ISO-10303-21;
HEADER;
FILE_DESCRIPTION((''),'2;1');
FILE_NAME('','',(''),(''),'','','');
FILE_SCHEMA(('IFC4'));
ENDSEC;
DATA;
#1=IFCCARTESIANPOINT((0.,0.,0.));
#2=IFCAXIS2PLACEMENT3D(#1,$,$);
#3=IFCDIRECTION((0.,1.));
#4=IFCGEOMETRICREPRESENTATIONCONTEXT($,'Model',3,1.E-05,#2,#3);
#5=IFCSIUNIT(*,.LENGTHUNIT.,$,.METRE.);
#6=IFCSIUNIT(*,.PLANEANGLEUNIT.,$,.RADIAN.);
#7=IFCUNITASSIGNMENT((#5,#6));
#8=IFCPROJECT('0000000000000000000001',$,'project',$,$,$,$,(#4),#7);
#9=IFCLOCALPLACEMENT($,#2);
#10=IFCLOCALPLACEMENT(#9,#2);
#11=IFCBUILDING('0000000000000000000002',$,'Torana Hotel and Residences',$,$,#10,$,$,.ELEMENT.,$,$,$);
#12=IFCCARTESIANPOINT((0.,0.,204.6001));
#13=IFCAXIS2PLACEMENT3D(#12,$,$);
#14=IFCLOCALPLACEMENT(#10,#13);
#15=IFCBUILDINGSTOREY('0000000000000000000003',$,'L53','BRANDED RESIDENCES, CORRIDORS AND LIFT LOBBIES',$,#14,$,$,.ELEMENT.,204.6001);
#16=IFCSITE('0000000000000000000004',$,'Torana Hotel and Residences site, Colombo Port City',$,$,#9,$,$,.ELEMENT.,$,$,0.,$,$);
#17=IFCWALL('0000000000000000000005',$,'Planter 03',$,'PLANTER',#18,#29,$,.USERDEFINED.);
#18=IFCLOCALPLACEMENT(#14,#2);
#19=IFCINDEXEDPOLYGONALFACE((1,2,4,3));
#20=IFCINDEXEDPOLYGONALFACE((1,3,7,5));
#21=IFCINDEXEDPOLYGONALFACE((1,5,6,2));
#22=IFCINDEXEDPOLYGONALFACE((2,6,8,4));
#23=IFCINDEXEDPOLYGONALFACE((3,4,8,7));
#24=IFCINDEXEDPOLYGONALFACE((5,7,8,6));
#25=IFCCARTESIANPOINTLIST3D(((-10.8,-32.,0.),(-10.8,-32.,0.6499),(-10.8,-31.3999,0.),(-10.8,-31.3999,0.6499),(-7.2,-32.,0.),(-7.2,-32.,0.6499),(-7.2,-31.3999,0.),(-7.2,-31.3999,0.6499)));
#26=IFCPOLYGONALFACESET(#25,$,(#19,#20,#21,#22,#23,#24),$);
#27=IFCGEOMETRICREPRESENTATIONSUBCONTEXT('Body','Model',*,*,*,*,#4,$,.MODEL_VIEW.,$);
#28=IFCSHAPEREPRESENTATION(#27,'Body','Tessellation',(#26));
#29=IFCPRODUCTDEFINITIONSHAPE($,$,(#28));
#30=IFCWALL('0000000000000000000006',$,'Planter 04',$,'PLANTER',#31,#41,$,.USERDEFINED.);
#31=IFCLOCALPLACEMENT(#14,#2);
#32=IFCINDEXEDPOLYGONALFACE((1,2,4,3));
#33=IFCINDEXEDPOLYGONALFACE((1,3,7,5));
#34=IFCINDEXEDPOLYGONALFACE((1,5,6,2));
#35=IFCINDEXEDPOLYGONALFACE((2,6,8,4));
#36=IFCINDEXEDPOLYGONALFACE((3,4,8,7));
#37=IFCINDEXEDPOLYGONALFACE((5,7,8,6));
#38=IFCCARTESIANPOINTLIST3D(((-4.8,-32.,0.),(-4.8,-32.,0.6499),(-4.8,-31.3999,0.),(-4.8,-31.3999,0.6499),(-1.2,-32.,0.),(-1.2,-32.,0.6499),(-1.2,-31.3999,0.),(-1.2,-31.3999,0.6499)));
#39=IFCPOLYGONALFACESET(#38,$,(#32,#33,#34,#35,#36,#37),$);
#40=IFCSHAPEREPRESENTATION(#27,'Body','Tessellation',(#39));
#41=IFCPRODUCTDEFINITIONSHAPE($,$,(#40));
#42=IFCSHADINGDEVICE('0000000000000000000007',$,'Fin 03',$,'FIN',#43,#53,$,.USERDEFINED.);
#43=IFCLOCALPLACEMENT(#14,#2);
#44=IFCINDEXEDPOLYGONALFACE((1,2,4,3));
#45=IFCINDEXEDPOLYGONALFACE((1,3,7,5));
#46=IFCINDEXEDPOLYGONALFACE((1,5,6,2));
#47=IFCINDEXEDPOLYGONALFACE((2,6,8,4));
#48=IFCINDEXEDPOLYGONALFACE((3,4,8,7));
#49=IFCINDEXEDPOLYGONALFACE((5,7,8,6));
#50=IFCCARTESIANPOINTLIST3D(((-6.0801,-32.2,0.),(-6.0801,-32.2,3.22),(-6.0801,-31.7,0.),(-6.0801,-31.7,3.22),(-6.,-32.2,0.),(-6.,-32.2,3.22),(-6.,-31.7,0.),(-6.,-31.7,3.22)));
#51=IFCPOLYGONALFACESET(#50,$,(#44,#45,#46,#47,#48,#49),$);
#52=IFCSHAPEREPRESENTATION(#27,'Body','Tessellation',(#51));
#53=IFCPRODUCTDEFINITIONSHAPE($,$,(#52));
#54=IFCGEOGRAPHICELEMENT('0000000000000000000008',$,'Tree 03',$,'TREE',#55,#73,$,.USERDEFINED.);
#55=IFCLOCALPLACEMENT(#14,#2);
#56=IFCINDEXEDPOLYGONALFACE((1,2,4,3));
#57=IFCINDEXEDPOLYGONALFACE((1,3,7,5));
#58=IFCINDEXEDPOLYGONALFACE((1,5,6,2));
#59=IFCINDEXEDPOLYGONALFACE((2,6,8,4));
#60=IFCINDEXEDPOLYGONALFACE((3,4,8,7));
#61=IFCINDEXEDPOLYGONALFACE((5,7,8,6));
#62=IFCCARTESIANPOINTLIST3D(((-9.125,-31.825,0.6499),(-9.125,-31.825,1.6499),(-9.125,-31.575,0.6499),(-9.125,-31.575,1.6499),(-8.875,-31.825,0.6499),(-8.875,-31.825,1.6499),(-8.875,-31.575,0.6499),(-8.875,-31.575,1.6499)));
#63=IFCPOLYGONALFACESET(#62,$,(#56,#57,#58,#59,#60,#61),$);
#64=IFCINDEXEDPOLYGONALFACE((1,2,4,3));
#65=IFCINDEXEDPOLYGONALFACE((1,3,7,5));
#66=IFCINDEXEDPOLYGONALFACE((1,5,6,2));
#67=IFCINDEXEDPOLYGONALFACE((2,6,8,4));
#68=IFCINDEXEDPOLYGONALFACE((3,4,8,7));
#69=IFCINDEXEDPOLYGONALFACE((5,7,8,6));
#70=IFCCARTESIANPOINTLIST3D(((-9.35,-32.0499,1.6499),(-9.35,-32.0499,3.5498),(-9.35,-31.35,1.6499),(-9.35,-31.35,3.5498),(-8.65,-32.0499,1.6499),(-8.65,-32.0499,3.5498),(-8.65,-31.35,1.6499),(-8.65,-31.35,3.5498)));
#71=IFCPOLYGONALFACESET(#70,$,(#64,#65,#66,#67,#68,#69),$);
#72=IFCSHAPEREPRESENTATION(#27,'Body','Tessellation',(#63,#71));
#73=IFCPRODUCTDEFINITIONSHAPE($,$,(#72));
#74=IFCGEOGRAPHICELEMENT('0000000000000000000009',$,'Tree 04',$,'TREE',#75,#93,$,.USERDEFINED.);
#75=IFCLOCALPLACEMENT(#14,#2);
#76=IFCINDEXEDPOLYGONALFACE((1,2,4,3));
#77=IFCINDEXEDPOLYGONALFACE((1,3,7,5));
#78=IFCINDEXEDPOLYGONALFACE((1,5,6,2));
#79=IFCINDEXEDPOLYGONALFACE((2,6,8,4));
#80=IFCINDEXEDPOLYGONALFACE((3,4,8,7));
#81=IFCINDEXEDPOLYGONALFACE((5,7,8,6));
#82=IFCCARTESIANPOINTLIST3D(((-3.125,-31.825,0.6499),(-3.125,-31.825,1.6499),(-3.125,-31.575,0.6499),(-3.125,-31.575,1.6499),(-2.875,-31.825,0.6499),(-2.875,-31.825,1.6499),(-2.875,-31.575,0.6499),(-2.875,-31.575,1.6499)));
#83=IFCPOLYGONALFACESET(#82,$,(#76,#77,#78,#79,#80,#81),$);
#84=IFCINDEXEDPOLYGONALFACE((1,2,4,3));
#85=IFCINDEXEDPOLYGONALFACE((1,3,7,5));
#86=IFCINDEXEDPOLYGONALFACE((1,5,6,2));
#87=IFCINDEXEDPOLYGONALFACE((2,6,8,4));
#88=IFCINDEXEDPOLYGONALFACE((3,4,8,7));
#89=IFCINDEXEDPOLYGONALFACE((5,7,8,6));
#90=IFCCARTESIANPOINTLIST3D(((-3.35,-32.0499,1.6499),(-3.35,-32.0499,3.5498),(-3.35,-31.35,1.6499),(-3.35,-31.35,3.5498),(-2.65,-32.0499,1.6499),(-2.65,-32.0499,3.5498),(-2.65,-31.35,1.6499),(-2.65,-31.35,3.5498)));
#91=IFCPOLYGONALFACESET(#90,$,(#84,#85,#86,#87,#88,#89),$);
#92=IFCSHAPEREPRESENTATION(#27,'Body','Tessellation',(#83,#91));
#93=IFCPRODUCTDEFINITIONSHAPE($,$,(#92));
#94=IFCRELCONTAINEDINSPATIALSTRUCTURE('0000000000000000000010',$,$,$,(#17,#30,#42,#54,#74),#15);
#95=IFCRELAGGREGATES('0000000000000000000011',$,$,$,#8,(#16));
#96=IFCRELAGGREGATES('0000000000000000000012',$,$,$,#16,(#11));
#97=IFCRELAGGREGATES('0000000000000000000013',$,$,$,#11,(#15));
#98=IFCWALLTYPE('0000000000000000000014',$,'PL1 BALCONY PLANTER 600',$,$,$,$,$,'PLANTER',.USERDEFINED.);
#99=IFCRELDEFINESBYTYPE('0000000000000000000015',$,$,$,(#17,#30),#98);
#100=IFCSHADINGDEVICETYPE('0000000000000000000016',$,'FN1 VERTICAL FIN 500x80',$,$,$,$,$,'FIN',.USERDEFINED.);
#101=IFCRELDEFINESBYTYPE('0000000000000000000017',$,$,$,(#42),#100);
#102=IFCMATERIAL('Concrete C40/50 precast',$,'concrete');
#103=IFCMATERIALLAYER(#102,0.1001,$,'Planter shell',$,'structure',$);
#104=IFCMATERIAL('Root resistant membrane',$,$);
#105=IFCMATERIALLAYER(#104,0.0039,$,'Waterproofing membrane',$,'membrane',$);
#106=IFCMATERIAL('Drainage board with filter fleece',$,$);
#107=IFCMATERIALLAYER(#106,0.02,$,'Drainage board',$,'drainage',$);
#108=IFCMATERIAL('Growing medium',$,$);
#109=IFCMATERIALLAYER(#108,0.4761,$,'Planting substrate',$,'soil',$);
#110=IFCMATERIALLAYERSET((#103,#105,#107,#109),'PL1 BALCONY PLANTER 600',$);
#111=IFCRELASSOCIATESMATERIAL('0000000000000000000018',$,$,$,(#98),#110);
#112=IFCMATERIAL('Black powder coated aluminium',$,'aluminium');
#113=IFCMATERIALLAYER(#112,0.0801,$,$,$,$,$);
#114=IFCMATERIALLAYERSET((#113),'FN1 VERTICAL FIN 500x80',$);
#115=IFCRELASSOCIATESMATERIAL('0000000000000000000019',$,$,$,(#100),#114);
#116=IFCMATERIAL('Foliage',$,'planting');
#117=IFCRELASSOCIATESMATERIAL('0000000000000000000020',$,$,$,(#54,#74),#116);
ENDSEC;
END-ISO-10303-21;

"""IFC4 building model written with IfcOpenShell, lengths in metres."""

from ifc_helpers import new_model, si_unit, direction, frame, frame_2d, origin, origin_2d, place, context, subcontext, project, spatial, rectangle, extrude, material, layer, layer_set, type_object, element, save


model = new_model("IFC4")

# Units and contexts
model_context = context("Model", 3, precision=1e-05, world=origin(), true_north=direction((0.0, 1.0)))
body_context = subcontext(model_context, "Body", "Model", "MODEL_VIEW")
ifc_project = project(units=[si_unit("LENGTHUNIT", "METRE"), si_unit("PLANEANGLEUNIT", "RADIAN")], contexts=[model_context])

# Site, building, storey
site_placement = place(None, origin())
site = spatial("IfcSite", under=ifc_project, at=site_placement, Name="Torana Hotel and Residences site, Colombo Port City", CompositionType="ELEMENT", RefElevation=0.0)
building_placement = place(site_placement, origin())
building = spatial("IfcBuilding", under=site, at=building_placement, Name="Torana Hotel and Residences", CompositionType="ELEMENT")
storey_placement = place(building_placement, frame((0.0, 0.0, 204.6001)))
storey = spatial("IfcBuildingStorey", under=building, at=storey_placement, Name="L53", Description="BRANDED RESIDENCES, CORRIDORS AND LIFT LOBBIES", CompositionType="ELEMENT", Elevation=204.6001)

# Walls
ifc_material_1 = material(Name="Concrete C40/50 precast", Category="concrete")
ifc_layer_1 = layer(ifc_material_1, 0.1001, Name="Planter shell", Category="structure")
ifc_material_2 = material(Name="Root resistant membrane")
ifc_layer_2 = layer(ifc_material_2, 0.0039, Name="Waterproofing membrane", Category="membrane")
ifc_material_3 = material(Name="Drainage board with filter fleece")
ifc_layer_3 = layer(ifc_material_3, 0.02, Name="Drainage board", Category="drainage")
ifc_material_4 = material(Name="Growing medium")
ifc_layer_4 = layer(ifc_material_4, 0.4761, Name="Planting substrate", Category="soil")
ifc_layer_set_1 = layer_set([ifc_layer_1, ifc_layer_2, ifc_layer_3, ifc_layer_4], Name="PL1 BALCONY PLANTER 600")
wall_type_1 = type_object("IfcWallType", Name="PL1 BALCONY PLANTER 600", ElementType="PLANTER", PredefinedType="USERDEFINED", material=ifc_layer_set_1)
for number, where, z_axis, x_axis, name in (
    (1, (-7.2, -31.7, 0.0), (0.0, 0.0, 1.0), (-1.0, 0.0, 0.0), "Planter 03"),
    (2, (-1.2, -31.7, 0.0), (0.0, 0.0, 1.0), (-1.0, 0.0, 0.0), "Planter 04"),
):
    element("IfcWall", number, at=place(storey_placement, frame(where, z_axis=z_axis, x_axis=x_axis)), inside=storey, type_object=wall_type_1, Name=name, ObjectType="PLANTER", PredefinedType="USERDEFINED", context=body_context, shape_type="SweptSolid", body=[
        extrude(rectangle(XDim=3.6001, YDim=0.6001, at=frame_2d((1.8, 0.0))), origin(), (0.0, 0.0, 1.0), 0.6499),
    ])

# Shading device
ifc_material_5 = material(Name="Black powder coated aluminium", Category="aluminium")
ifc_layer_5 = layer(ifc_material_5, 0.0801)
ifc_layer_set_2 = layer_set([ifc_layer_5], Name="FN1 VERTICAL FIN 500x80")
shading_device_type = type_object("IfcShadingDeviceType", Name="FN1 VERTICAL FIN 500x80", ElementType="FIN", PredefinedType="USERDEFINED", material=ifc_layer_set_2)
shading_device_placement = place(storey_placement, frame((-6.04, -31.95, 0.0), z_axis=(0.0, 0.0, 1.0), x_axis=(-1.0, 0.0, 0.0)))
element("IfcShadingDevice", 3, at=shading_device_placement, inside=storey, type_object=shading_device_type, Name="Fin 03", ObjectType="FIN", PredefinedType="USERDEFINED", context=body_context, shape_type="SweptSolid", body=[
    extrude(rectangle(XDim=0.0801, YDim=0.5, at=origin_2d()), origin(), (0.0, 0.0, 1.0), 3.22),
])

# Geographic elements
ifc_material_6 = material(Name="Foliage", Category="planting")
for number, where, z_axis, x_axis, name in (
    (4, (-9.0, -31.7, 0.6499), (0.0, 0.0, 1.0), (1.0, 0.0, 0.0), "Tree 03"),
    (5, (-3.0, -31.7, 0.6499), (0.0, 0.0, 1.0), (1.0, 0.0, 0.0), "Tree 04"),
):
    element("IfcGeographicElement", number, at=place(storey_placement, frame(where, z_axis=z_axis, x_axis=x_axis)), inside=storey, material=ifc_material_6, Name=name, ObjectType="TREE", PredefinedType="USERDEFINED", context=body_context, shape_type="SweptSolid", body=[
        extrude(rectangle(XDim=0.25, YDim=0.25, at=origin_2d()), origin(), (0.0, 0.0, 1.0), 1.0),
        extrude(rectangle(XDim=0.7, YDim=0.7, at=origin_2d()), frame((0.0, 0.0, 1.0)), (0.0, 0.0, 1.0), 1.8999),
    ])

save(model, "model.ifc")
